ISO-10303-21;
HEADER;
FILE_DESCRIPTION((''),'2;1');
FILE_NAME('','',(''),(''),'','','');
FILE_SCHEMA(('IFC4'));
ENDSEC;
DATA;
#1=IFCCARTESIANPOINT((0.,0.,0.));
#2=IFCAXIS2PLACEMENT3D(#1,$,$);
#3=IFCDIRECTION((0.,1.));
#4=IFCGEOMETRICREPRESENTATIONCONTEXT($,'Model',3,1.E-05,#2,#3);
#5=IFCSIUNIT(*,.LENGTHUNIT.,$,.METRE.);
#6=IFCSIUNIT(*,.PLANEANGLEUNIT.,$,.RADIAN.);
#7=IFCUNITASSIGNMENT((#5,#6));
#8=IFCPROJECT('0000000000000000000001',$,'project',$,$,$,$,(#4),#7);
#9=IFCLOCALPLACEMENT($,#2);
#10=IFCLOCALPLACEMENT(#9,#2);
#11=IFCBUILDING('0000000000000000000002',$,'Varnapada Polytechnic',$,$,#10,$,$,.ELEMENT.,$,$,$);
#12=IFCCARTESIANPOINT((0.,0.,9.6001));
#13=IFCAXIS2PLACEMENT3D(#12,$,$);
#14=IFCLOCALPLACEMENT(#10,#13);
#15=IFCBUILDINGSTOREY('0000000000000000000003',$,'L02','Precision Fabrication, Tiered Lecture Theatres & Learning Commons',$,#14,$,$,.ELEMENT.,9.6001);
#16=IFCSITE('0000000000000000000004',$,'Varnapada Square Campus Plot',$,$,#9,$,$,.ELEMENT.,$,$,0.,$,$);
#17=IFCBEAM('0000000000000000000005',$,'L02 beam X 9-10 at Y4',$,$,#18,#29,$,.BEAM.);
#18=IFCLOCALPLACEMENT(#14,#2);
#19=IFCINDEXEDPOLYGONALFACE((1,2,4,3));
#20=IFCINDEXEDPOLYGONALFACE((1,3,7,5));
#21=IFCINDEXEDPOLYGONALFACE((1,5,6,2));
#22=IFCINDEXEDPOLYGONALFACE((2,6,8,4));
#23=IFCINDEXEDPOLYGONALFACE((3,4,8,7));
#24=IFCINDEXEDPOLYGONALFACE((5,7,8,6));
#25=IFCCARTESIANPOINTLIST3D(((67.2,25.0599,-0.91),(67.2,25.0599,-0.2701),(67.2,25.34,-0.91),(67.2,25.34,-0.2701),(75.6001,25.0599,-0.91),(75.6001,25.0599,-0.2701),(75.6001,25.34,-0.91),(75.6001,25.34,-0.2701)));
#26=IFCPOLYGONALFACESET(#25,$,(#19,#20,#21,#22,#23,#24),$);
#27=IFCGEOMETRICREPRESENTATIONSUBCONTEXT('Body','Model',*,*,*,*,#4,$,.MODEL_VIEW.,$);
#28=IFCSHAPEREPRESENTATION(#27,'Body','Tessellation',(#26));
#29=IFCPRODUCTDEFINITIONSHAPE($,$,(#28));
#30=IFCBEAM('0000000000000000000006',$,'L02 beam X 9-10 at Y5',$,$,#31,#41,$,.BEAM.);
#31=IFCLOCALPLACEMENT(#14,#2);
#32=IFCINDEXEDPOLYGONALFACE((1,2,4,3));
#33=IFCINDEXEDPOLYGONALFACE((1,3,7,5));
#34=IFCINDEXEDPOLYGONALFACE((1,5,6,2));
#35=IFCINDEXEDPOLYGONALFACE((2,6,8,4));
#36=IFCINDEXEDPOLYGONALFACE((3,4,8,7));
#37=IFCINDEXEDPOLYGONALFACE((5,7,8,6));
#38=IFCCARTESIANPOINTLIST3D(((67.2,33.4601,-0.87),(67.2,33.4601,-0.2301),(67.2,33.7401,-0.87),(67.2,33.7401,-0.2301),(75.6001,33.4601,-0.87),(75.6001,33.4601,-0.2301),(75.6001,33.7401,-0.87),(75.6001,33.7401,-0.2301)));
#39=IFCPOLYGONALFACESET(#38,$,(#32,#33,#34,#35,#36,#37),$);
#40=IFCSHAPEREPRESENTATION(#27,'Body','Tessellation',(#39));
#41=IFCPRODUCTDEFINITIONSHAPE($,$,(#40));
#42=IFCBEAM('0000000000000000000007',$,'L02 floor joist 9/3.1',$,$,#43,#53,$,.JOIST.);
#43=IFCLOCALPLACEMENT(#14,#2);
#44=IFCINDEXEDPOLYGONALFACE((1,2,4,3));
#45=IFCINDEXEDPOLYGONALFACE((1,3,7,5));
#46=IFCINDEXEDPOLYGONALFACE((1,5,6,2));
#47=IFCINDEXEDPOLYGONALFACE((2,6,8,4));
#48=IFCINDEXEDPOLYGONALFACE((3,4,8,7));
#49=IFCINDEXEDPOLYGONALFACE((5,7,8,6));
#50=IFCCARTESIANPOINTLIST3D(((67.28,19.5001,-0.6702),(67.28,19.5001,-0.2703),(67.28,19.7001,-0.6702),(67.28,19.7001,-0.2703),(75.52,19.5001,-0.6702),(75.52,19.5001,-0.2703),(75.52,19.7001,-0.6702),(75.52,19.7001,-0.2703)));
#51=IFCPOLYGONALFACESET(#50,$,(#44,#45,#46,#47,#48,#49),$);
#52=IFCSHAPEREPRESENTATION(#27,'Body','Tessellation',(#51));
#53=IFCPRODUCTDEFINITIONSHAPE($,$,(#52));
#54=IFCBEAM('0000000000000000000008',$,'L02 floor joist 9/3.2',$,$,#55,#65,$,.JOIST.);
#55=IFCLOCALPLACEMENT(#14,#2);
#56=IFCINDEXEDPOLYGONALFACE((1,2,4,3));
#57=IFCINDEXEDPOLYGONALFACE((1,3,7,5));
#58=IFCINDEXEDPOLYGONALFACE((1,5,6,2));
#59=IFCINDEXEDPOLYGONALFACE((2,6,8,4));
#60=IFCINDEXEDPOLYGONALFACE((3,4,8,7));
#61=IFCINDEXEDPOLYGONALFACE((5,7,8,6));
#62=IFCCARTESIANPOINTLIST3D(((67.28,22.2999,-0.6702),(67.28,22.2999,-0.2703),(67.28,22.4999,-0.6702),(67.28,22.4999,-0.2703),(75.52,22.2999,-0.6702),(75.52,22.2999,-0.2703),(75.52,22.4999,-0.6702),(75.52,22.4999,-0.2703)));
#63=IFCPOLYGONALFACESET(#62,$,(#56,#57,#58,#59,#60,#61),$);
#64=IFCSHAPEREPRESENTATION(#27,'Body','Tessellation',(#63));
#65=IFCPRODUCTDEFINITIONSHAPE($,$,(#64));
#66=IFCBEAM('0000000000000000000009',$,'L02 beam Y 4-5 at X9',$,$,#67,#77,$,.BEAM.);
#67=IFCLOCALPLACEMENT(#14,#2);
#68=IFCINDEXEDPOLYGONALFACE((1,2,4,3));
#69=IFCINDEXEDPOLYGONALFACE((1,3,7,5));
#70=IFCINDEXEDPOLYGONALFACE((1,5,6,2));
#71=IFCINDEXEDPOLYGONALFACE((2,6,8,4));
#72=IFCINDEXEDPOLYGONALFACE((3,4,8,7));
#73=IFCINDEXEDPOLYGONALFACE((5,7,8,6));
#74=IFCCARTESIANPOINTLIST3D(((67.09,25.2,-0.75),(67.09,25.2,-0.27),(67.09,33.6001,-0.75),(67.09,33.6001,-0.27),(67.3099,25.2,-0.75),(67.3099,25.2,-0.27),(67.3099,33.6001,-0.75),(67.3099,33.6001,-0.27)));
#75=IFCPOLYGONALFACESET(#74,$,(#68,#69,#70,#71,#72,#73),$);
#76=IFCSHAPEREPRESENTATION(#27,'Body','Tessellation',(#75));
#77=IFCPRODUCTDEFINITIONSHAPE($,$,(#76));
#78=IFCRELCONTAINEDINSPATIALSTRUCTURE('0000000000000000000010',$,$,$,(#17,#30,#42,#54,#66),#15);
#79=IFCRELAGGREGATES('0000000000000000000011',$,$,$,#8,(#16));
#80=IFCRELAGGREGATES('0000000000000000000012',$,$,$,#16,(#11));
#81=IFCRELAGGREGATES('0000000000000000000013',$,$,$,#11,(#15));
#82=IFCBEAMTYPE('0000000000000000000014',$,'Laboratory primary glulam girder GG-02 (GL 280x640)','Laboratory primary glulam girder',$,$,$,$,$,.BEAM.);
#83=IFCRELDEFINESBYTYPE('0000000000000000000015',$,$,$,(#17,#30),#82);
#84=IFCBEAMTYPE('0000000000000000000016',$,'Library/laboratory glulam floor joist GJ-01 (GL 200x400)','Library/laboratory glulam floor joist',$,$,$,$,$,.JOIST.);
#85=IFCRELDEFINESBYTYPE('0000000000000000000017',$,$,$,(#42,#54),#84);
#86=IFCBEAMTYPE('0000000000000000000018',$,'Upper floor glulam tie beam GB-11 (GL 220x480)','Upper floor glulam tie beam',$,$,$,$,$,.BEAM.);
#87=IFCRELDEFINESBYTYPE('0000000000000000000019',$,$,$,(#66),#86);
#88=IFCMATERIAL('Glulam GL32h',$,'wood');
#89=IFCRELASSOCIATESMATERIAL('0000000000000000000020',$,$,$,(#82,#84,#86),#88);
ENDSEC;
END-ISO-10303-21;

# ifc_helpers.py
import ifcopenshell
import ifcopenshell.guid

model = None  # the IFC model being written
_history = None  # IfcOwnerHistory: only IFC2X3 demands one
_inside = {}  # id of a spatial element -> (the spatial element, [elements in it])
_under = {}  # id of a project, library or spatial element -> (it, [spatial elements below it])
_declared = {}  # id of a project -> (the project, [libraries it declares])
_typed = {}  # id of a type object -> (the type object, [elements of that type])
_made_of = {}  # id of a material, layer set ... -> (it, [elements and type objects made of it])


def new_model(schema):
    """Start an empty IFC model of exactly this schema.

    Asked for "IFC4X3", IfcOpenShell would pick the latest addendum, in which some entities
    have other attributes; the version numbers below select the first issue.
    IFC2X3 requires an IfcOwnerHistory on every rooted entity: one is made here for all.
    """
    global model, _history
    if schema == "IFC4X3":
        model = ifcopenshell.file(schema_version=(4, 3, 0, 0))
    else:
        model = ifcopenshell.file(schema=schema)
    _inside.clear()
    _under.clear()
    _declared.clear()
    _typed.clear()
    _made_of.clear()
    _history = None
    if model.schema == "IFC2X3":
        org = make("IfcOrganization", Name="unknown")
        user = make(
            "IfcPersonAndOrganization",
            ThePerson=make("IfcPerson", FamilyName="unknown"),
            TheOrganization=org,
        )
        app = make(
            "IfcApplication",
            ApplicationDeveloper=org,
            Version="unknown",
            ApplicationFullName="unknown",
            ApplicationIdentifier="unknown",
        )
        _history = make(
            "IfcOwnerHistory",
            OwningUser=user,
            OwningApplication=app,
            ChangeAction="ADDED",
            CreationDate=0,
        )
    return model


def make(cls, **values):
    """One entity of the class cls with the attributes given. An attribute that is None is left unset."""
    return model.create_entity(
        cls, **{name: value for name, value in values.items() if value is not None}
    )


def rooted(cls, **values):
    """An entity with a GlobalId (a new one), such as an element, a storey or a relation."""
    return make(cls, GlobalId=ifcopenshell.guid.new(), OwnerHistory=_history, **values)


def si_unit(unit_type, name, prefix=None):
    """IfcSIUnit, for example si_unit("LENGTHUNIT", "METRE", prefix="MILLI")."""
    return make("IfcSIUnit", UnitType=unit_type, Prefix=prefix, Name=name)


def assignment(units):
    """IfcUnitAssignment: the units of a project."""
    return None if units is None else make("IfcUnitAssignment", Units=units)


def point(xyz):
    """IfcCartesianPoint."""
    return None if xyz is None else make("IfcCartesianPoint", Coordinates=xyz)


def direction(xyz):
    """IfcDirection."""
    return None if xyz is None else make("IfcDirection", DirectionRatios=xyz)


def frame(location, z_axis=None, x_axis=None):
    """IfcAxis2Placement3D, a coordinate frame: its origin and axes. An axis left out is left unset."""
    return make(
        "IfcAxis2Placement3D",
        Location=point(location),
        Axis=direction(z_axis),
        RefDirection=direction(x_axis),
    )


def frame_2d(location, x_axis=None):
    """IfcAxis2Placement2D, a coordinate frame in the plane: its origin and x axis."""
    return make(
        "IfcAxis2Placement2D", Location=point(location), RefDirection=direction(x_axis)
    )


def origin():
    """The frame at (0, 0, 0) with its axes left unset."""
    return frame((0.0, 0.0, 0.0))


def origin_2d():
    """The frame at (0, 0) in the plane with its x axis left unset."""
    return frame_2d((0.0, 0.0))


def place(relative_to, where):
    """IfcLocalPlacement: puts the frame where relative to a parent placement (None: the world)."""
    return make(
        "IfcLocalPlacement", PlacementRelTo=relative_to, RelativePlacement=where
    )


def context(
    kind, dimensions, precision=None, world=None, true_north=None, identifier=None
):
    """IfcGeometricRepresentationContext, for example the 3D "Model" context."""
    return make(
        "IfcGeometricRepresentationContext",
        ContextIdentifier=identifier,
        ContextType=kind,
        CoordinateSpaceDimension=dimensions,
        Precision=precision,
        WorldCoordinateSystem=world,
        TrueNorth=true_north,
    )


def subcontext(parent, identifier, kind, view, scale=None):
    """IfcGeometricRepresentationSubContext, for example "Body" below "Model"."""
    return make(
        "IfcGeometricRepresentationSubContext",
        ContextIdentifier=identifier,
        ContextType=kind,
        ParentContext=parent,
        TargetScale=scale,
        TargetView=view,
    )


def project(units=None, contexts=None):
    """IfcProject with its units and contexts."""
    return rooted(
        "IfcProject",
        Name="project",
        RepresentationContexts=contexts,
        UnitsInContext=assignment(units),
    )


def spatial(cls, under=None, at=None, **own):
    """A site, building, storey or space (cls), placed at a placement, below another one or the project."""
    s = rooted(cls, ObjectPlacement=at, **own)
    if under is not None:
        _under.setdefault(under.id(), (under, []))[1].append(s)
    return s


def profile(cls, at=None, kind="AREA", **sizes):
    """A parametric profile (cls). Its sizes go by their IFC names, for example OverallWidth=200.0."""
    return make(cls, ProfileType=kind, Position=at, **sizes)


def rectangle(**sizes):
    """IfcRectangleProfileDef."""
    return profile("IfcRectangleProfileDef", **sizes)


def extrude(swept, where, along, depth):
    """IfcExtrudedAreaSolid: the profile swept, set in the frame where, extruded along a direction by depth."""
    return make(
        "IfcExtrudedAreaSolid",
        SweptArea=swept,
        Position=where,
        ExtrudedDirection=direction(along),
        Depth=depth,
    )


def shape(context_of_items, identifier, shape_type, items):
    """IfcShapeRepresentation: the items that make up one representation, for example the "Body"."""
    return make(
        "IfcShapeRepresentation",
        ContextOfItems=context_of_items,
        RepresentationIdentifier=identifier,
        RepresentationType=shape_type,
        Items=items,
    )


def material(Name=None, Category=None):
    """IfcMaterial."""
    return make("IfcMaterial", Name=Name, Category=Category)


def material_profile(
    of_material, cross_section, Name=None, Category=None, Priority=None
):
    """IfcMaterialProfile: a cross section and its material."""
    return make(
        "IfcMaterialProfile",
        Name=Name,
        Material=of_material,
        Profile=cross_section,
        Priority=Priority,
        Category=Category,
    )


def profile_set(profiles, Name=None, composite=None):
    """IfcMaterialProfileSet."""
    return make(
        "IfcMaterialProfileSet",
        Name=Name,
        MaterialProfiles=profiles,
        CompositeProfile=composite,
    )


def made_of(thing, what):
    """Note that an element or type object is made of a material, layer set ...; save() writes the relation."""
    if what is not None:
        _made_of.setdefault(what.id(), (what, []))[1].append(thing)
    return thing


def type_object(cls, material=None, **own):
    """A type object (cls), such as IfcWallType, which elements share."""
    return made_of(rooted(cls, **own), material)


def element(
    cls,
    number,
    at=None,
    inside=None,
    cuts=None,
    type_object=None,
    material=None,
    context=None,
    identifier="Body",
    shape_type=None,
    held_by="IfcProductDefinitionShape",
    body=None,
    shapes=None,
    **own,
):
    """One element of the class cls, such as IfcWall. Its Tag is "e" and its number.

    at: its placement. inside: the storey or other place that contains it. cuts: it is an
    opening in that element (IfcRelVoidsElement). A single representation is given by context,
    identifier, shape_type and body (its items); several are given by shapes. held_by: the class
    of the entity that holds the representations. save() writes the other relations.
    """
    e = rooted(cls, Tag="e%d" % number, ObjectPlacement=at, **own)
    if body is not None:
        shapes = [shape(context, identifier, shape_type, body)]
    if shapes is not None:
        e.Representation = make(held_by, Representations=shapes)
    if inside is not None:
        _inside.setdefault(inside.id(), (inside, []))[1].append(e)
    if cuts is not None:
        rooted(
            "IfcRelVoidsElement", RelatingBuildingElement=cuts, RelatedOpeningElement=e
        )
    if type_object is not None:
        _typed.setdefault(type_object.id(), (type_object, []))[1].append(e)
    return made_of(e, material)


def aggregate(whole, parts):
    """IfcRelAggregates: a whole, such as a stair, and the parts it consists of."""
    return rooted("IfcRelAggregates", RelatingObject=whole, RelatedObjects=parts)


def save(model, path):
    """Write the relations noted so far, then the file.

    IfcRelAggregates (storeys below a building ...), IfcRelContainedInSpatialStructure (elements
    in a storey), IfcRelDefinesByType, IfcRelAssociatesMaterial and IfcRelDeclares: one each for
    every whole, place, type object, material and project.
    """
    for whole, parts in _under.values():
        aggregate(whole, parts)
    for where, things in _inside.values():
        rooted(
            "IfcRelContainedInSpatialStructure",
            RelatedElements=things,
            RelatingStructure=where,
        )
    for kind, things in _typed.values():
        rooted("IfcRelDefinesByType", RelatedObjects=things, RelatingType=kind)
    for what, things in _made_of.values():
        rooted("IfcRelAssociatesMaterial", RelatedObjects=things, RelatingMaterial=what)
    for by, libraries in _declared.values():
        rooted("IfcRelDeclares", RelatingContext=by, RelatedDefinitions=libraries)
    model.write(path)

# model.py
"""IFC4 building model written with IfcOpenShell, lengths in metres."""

from ifc_helpers import new_model, si_unit, direction, frame, origin, origin_2d, place, context, subcontext, project, spatial, rectangle, extrude, material, material_profile, profile_set, type_object, element, save


model = new_model("IFC4")

# Units and contexts
model_context = context("Model", 3, precision=1e-05, world=origin(), true_north=direction((0.0, 1.0)))
body_context = subcontext(model_context, "Body", "Model", "MODEL_VIEW")
ifc_project = project(units=[si_unit("LENGTHUNIT", "METRE"), si_unit("PLANEANGLEUNIT", "RADIAN")], contexts=[model_context])

# Site, building, storey
site_placement = place(None, origin())
site = spatial("IfcSite", under=ifc_project, at=site_placement, Name="Varnapada Square Campus Plot", CompositionType="ELEMENT", RefElevation=0.0)
building_placement = place(site_placement, origin())
building = spatial("IfcBuilding", under=site, at=building_placement, Name="Varnapada Polytechnic", CompositionType="ELEMENT")
storey_placement = place(building_placement, frame((0.0, 0.0, 9.6001)))
storey = spatial("IfcBuildingStorey", under=building, at=storey_placement, Name="L02", Description="Precision Fabrication, Tiered Lecture Theatres & Learning Commons", CompositionType="ELEMENT", Elevation=9.6001)

# Beams
ifc_material_1 = material(Name="Glulam GL32h", Category="wood")
ifc_material_profile_1 = material_profile(ifc_material_1, rectangle(XDim=0.28, YDim=0.6399, at=origin_2d()), Name="GL 280x640")
ifc_profile_set_1 = profile_set([ifc_material_profile_1], Name="Glulam GL32h")
beam_type_1 = type_object("IfcBeamType", Name="Laboratory primary glulam girder GG-02 (GL 280x640)", Description="Laboratory primary glulam girder", PredefinedType="BEAM", material=ifc_profile_set_1)
for number, where, z_axis, x_axis, name in (
    (1, (67.2, 25.2, -0.5901), (1.0, 0.0, 0.0), (0.0, 1.0, 0.0), "L02 beam X 9-10 at Y4"),
    (2, (67.2, 33.6001, -0.55), (1.0, 0.0, 0.0), (0.0, 1.0, 0.0), "L02 beam X 9-10 at Y5"),
):
    element("IfcBeam", number, at=place(storey_placement, frame(where, z_axis=z_axis, x_axis=x_axis)), inside=storey, type_object=beam_type_1, Name=name, PredefinedType="BEAM", context=body_context, shape_type="SweptSolid", body=[
        extrude(rectangle(XDim=0.28, YDim=0.6399, at=origin_2d()), origin(), (0.0, 0.0, 1.0), 8.4001),
    ])
ifc_material_profile_2 = material_profile(ifc_material_1, rectangle(XDim=0.2, YDim=0.3999, at=origin_2d()), Name="GL 200x400")
ifc_profile_set_2 = profile_set([ifc_material_profile_2], Name="Glulam GL32h")
beam_type_2 = type_object("IfcBeamType", Name="Library/laboratory glulam floor joist GJ-01 (GL 200x400)", Description="Library/laboratory glulam floor joist", PredefinedType="JOIST", material=ifc_profile_set_2)
for number, where, z_axis, x_axis, name in (
    (3, (67.28, 19.6001, -0.4702), (1.0, 0.0, 0.0), (0.0, 1.0, 0.0), "L02 floor joist 9/3.1"),
    (4, (67.28, 22.3999, -0.4702), (1.0, 0.0, 0.0), (0.0, 1.0, 0.0), "L02 floor joist 9/3.2"),
):
    element("IfcBeam", number, at=place(storey_placement, frame(where, z_axis=z_axis, x_axis=x_axis)), inside=storey, type_object=beam_type_2, Name=name, PredefinedType="JOIST", context=body_context, shape_type="SweptSolid", body=[
        extrude(rectangle(XDim=0.2, YDim=0.3999, at=origin_2d()), origin(), (0.0, 0.0, 1.0), 8.24),
    ])
ifc_material_profile_3 = material_profile(ifc_material_1, rectangle(XDim=0.22, YDim=0.48, at=origin_2d()), Name="GL 220x480")
ifc_profile_set_3 = profile_set([ifc_material_profile_3], Name="Glulam GL32h")
beam_type_3 = type_object("IfcBeamType", Name="Upper floor glulam tie beam GB-11 (GL 220x480)", Description="Upper floor glulam tie beam", PredefinedType="BEAM", material=ifc_profile_set_3)
beam_placement = place(storey_placement, frame((67.2, 25.2, -0.51), z_axis=(0.0, 1.0, 0.0), x_axis=(-1.0, 0.0, 0.0)))
element("IfcBeam", 5, at=beam_placement, inside=storey, type_object=beam_type_3, Name="L02 beam Y 4-5 at X9", PredefinedType="BEAM", context=body_context, shape_type="SweptSolid", body=[
    extrude(rectangle(XDim=0.22, YDim=0.48, at=origin_2d()), origin(), (0.0, 0.0, 1.0), 8.4001),
])

save(model, "model.ifc")
